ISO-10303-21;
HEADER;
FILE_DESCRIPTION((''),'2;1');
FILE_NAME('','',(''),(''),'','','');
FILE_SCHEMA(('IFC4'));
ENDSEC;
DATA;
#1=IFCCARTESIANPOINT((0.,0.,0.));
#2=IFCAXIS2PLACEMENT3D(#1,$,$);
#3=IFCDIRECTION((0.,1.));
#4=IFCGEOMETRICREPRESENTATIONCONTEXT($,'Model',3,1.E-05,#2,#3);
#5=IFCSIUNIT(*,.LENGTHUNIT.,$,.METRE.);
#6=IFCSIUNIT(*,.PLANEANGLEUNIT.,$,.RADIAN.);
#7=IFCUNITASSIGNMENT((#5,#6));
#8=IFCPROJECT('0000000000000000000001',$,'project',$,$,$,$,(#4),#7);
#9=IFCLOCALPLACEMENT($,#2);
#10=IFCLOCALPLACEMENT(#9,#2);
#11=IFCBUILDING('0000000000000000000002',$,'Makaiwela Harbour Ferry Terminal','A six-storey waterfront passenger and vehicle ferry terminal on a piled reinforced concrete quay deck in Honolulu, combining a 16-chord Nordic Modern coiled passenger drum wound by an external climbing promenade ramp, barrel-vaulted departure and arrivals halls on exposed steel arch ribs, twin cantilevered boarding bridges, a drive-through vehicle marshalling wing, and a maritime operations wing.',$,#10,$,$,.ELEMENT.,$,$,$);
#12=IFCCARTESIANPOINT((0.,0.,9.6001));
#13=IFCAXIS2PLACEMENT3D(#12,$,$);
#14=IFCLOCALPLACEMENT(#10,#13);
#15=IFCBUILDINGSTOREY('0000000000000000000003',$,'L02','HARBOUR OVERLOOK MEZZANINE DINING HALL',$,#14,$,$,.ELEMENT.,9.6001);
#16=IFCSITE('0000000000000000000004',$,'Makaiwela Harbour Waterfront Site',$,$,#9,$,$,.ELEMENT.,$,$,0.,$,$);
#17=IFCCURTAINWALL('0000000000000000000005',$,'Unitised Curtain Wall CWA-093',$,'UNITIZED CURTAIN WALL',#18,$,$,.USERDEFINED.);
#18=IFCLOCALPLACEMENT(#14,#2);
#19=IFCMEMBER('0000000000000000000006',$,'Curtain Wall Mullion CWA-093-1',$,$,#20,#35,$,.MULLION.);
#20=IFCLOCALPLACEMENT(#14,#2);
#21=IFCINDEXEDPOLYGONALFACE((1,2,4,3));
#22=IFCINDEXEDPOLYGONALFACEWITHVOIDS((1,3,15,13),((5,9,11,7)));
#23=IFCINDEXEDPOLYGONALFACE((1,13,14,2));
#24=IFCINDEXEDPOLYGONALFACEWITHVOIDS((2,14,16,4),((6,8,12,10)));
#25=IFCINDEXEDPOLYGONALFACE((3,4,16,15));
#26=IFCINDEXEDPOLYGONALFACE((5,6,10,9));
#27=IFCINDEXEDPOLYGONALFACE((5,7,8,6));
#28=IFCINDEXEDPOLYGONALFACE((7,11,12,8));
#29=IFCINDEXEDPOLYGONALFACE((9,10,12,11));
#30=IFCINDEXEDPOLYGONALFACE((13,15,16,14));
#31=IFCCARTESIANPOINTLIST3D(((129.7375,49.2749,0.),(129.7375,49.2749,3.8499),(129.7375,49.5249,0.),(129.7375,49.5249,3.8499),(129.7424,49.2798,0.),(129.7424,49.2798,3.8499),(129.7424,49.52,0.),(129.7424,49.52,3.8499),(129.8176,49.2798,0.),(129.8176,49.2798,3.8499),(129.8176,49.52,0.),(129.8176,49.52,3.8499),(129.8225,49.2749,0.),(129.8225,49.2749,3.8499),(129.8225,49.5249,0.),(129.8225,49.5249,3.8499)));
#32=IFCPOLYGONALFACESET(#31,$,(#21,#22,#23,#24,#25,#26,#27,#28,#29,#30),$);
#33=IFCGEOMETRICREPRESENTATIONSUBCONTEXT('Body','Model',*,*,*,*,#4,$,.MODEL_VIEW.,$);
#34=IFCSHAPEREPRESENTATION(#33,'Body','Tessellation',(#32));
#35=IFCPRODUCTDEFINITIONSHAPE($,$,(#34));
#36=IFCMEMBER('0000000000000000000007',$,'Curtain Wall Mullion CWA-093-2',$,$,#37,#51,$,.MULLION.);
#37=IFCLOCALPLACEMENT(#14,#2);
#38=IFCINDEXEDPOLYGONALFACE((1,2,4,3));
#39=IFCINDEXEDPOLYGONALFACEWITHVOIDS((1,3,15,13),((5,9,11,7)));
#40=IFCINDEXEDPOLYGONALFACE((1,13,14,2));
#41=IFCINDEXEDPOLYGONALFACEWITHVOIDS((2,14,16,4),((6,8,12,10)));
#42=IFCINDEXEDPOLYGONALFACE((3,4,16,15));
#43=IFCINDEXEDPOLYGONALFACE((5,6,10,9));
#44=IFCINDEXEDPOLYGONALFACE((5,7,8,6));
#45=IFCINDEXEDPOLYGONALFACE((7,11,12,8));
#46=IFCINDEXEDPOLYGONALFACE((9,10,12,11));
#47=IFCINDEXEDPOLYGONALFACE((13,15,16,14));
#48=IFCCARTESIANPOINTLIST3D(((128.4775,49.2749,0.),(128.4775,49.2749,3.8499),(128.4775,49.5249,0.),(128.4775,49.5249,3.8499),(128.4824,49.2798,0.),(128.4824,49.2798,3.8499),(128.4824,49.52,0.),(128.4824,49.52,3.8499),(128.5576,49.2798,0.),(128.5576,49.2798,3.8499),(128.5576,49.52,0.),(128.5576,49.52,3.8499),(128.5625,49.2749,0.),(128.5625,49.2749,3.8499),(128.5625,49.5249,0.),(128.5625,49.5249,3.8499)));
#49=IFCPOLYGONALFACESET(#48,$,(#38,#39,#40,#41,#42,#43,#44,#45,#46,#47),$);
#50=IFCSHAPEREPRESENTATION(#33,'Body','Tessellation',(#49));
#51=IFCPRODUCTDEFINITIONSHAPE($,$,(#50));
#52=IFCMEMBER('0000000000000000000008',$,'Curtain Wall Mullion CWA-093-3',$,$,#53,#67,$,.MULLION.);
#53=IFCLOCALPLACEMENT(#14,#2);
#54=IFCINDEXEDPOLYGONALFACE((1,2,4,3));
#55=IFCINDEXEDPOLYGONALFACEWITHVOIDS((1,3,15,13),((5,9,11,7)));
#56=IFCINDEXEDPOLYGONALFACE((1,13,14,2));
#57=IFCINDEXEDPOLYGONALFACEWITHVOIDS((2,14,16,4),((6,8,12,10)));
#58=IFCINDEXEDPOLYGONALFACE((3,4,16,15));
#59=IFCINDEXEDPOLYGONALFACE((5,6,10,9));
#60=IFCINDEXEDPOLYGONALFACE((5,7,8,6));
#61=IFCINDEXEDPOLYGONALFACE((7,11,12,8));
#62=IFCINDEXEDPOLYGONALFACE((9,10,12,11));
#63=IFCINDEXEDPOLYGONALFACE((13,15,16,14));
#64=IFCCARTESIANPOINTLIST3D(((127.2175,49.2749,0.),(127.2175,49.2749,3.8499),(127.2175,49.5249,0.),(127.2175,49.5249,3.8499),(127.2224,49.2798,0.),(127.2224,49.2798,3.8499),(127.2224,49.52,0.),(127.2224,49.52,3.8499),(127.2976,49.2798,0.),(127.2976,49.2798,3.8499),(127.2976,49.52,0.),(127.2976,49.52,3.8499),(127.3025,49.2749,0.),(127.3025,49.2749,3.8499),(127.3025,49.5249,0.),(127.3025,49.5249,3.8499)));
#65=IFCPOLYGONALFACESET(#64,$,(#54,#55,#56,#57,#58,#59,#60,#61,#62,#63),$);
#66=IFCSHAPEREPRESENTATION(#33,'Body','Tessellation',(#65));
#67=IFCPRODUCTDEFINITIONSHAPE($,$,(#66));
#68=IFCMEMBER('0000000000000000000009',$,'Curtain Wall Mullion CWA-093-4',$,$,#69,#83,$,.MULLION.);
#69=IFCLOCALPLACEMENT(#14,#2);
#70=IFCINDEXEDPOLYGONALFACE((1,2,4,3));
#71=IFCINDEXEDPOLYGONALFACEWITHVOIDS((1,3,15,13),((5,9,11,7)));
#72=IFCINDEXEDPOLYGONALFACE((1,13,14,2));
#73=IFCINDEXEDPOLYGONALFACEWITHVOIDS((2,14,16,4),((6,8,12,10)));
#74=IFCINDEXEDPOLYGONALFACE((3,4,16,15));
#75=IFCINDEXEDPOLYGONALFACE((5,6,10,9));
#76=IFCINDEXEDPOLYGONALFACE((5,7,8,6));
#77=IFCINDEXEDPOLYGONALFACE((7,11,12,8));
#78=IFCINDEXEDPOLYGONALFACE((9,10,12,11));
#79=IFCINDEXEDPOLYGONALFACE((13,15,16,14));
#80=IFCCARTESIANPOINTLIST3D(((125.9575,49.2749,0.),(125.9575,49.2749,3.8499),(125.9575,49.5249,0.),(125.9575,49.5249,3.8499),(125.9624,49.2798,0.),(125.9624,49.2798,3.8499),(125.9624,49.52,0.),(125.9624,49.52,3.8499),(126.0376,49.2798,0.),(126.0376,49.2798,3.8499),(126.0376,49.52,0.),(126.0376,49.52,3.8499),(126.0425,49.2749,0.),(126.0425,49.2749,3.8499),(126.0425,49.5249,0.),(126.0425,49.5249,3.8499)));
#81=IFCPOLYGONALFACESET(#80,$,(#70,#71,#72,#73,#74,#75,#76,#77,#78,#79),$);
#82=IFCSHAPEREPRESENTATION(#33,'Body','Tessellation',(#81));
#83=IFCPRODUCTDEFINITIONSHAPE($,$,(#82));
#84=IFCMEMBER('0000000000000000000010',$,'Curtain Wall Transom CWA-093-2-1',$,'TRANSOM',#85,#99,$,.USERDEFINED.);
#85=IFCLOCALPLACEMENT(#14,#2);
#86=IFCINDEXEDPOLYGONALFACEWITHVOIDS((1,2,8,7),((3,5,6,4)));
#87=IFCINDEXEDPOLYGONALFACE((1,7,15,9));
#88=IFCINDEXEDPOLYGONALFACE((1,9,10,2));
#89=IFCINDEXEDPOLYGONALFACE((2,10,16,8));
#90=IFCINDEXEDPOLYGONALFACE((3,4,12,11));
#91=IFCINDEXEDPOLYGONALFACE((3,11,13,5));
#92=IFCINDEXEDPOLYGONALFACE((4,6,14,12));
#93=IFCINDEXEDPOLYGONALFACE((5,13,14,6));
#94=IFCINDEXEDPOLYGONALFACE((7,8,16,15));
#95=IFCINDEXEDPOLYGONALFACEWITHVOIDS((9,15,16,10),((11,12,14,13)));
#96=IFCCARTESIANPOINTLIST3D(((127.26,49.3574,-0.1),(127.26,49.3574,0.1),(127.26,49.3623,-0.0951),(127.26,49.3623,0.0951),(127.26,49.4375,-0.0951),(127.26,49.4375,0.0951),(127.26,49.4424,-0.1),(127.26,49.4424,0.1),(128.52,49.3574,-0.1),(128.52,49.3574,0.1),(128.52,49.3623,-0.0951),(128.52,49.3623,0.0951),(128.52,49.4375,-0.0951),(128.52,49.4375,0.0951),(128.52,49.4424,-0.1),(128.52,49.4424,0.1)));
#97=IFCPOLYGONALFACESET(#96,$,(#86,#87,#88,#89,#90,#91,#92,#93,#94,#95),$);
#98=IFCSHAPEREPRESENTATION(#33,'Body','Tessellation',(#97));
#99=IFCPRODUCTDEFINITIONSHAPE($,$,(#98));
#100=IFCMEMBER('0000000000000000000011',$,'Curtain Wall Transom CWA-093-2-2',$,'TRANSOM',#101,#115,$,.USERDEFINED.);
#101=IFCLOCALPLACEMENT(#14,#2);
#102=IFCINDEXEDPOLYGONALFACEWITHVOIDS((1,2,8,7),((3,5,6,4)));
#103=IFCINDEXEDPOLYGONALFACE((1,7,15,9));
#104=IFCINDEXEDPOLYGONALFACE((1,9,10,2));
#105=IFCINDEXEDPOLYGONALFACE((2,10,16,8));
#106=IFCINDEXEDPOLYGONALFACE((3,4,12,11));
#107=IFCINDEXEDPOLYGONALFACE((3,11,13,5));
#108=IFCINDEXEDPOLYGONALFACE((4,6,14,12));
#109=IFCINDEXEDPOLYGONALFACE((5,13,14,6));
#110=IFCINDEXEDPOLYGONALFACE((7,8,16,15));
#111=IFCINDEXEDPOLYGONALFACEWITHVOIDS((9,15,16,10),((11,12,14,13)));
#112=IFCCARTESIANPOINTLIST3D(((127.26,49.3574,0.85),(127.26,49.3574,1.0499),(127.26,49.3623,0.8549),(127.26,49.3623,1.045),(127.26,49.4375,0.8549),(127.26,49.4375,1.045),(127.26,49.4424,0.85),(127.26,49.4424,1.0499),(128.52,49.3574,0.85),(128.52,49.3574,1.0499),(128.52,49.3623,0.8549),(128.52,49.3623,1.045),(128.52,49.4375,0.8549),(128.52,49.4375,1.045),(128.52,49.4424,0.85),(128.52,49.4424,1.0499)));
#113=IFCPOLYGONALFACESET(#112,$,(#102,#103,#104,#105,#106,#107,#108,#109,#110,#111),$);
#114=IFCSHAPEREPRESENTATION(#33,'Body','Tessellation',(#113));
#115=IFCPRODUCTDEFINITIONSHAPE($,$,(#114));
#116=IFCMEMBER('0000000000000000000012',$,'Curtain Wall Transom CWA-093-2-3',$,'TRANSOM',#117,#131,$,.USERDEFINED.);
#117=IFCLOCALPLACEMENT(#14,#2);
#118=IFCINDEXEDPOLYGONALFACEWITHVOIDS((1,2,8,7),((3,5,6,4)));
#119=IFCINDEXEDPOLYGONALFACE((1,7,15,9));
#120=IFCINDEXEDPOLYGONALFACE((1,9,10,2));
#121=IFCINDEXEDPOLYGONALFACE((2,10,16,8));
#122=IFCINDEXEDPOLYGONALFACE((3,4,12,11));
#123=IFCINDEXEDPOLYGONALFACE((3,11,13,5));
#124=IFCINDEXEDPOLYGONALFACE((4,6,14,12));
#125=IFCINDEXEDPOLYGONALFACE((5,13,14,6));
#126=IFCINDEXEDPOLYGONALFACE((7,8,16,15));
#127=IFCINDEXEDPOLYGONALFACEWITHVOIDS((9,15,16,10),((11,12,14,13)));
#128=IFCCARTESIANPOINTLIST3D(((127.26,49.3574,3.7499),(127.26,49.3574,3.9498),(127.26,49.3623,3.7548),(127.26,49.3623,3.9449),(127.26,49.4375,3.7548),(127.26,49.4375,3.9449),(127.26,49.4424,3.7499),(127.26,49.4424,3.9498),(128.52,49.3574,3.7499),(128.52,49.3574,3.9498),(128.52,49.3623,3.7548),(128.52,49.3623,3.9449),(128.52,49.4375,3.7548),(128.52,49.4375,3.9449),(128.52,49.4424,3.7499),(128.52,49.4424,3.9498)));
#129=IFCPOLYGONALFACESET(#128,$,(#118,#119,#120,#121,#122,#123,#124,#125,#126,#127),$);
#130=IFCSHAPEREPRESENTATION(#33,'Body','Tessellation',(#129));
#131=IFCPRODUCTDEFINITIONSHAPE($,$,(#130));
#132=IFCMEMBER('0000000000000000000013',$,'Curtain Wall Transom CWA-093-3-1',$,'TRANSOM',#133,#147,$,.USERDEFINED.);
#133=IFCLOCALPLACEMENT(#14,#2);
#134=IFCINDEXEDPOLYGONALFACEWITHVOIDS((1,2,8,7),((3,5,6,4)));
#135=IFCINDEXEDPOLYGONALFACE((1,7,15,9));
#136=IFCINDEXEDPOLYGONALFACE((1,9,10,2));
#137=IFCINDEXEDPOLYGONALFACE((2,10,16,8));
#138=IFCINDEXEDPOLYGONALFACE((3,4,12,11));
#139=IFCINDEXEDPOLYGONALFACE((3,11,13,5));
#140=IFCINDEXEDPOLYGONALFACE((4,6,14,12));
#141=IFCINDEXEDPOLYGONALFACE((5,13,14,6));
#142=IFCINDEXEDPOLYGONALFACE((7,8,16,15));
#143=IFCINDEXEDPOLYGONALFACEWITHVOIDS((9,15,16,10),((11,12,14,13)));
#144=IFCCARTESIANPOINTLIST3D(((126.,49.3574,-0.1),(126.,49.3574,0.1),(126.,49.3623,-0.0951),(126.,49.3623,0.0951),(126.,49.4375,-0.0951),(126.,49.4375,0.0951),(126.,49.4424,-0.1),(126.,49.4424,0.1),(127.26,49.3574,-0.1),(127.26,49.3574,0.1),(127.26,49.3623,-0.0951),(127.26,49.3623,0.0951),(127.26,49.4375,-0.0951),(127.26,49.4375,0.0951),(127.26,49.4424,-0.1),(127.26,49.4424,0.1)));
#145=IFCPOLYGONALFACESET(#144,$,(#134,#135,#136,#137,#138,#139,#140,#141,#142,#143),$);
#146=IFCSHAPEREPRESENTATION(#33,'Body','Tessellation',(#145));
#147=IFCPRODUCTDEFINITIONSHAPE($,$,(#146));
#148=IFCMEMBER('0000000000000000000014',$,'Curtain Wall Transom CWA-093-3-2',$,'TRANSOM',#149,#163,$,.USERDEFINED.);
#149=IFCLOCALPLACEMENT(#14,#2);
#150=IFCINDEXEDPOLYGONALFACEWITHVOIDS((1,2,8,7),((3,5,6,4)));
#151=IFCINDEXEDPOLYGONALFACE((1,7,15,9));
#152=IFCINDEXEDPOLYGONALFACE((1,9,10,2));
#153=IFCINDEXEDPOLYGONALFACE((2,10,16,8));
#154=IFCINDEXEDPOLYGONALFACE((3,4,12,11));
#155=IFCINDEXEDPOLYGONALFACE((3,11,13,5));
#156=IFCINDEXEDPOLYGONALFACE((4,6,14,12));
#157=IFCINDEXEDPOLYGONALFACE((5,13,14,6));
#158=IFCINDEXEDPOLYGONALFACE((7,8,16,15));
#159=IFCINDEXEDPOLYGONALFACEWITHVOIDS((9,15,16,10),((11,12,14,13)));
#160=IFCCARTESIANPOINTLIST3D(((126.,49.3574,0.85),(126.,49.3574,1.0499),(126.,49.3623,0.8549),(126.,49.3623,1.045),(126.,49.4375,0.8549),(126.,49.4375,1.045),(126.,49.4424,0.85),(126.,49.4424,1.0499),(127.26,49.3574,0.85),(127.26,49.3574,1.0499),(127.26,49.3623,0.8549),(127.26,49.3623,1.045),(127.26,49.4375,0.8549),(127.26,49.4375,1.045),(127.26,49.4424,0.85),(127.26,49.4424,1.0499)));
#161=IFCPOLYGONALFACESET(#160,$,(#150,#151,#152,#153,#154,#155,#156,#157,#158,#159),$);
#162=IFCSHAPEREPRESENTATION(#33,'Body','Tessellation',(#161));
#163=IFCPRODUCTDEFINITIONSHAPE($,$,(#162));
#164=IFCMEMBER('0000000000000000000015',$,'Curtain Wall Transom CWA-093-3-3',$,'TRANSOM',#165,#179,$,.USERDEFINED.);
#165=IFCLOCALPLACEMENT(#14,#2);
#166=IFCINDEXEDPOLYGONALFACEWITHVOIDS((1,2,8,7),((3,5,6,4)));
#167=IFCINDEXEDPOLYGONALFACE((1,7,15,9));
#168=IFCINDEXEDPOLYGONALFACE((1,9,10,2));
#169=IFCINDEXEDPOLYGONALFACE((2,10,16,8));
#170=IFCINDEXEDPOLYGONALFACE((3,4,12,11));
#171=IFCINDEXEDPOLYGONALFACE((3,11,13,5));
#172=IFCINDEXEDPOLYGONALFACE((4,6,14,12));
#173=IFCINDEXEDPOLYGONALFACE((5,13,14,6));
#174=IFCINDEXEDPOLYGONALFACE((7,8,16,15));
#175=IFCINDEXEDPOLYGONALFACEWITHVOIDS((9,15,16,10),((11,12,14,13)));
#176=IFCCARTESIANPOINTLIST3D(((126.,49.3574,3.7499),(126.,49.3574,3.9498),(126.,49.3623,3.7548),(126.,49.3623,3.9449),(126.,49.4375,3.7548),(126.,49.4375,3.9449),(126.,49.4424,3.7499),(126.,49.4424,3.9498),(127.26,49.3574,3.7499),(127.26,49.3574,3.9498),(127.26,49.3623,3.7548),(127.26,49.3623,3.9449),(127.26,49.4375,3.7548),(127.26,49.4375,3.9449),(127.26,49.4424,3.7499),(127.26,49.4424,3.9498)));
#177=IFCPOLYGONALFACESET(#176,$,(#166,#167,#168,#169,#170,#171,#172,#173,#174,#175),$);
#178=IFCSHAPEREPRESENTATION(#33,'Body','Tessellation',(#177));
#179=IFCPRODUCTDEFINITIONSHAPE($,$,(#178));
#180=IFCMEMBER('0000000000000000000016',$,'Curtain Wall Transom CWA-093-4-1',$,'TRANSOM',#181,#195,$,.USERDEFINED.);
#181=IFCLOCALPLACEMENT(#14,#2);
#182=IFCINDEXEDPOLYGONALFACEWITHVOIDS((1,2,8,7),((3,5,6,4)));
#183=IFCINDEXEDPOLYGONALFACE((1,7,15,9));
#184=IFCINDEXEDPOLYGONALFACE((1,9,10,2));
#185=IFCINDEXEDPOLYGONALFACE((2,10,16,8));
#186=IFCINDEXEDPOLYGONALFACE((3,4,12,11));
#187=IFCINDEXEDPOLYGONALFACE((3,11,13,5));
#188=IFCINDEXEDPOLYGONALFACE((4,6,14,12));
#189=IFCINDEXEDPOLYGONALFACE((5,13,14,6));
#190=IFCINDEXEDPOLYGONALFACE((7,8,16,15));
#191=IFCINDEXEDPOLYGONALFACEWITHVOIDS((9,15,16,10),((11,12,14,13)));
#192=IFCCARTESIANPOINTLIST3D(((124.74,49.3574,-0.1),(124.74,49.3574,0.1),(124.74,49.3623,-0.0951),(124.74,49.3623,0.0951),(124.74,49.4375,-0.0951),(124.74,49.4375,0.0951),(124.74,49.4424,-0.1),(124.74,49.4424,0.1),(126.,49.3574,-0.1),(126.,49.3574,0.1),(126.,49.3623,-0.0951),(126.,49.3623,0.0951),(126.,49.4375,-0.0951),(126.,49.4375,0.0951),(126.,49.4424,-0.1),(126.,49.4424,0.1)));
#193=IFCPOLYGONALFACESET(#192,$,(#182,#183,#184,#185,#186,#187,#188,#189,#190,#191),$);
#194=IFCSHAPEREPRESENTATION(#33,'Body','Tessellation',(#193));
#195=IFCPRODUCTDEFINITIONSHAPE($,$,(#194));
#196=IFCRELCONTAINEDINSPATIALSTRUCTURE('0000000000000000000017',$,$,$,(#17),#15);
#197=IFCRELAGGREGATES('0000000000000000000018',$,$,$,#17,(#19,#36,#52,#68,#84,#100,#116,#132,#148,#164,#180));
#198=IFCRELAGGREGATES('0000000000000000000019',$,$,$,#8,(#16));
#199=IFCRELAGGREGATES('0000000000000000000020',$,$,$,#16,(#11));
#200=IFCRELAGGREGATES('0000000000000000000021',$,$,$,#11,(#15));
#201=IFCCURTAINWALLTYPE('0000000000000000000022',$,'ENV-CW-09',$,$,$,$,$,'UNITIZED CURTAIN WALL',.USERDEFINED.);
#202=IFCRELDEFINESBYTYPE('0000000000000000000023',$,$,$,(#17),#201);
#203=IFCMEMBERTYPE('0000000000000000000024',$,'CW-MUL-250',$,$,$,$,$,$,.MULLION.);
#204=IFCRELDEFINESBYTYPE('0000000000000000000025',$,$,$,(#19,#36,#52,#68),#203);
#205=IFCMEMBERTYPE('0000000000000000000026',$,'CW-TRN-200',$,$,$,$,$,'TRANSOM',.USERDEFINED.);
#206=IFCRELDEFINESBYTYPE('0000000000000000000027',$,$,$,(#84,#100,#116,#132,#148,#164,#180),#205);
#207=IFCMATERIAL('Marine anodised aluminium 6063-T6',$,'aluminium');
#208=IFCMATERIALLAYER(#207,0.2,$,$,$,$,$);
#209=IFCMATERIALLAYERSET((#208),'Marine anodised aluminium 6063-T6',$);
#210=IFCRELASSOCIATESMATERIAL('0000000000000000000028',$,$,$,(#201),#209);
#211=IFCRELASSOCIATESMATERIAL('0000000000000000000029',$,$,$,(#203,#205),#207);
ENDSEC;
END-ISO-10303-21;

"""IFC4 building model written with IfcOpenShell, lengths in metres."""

from ifc_helpers import new_model, si_unit, direction, frame, origin, origin_2d, place, context, subcontext, project, spatial, hollow_rectangle, extrude, material, layer, layer_set, material_profile, profile_set, type_object, element, aggregate, save


model = new_model("IFC4")

# Units and contexts
model_context = context("Model", 3, precision=1e-05, world=origin(), true_north=direction((0.0, 1.0)))
body_context = subcontext(model_context, "Body", "Model", "MODEL_VIEW")
ifc_project = project(units=[si_unit("LENGTHUNIT", "METRE"), si_unit("PLANEANGLEUNIT", "RADIAN")], contexts=[model_context])

# Site, building, storey
site_placement = place(None, origin())
site = spatial("IfcSite", under=ifc_project, at=site_placement, Name="Makaiwela Harbour Waterfront Site", CompositionType="ELEMENT", RefElevation=0.0)
building_placement = place(site_placement, origin())
building = spatial("IfcBuilding", under=site, at=building_placement, Name="Makaiwela Harbour Ferry Terminal", Description="A six-storey waterfront passenger and vehicle ferry terminal on a piled reinforced concrete quay deck in Honolulu, combining a 16-chord Nordic Modern coiled passenger drum wound by an external climbing promenade ramp, barrel-vaulted departure and arrivals halls on exposed steel arch ribs, twin cantilevered boarding bridges, a drive-through vehicle marshalling wing, and a maritime operations wing.", CompositionType="ELEMENT")
storey_placement = place(building_placement, frame((0.0, 0.0, 9.6001)))
storey = spatial("IfcBuildingStorey", under=building, at=storey_placement, Name="L02", Description="HARBOUR OVERLOOK MEZZANINE DINING HALL", CompositionType="ELEMENT", Elevation=9.6001)

# Curtain wall, members
ifc_material_1 = material(Name="Marine anodised aluminium 6063-T6", Category="aluminium")
ifc_layer_1 = layer(ifc_material_1, 0.2)
ifc_layer_set_1 = layer_set([ifc_layer_1], Name="Marine anodised aluminium 6063-T6")
curtain_wall_type = type_object("IfcCurtainWallType", Name="ENV-CW-09", ElementType="UNITIZED CURTAIN WALL", PredefinedType="USERDEFINED", material=ifc_layer_set_1)
curtain_wall_placement = place(storey_placement, origin())
curtain_wall = element("IfcCurtainWall", 1, at=curtain_wall_placement, inside=storey, type_object=curtain_wall_type, Name="Unitised Curtain Wall CWA-093", ObjectType="UNITIZED CURTAIN WALL", PredefinedType="USERDEFINED")
ifc_material_profile_1 = material_profile(ifc_material_1, hollow_rectangle(XDim=0.085, YDim=0.25, WallThickness=0.0049, at=origin_2d()), Name="CWM-250X85")
ifc_profile_set_1 = profile_set([ifc_material_profile_1], Name="Marine anodised aluminium 6063-T6")
member_type_1 = type_object("IfcMemberType", Name="CW-MUL-250", PredefinedType="MULLION", material=ifc_profile_set_1)
member_1_placement = place(storey_placement, frame((129.78, 49.3999, 0.0), z_axis=(0.0, 0.0, 1.0), x_axis=(1.0, 0.0, 0.0)))
member_1 = element("IfcMember", 2, at=member_1_placement, type_object=member_type_1, Name="Curtain Wall Mullion CWA-093-1", PredefinedType="MULLION", context=body_context, shape_type="SweptSolid", body=[
    extrude(hollow_rectangle(XDim=0.085, YDim=0.25, WallThickness=0.0049, at=origin_2d()), origin(), (0.0, 0.0, 1.0), 3.8499),
])
member_2_placement = place(storey_placement, frame((128.52, 49.3999, 0.0), z_axis=(0.0, 0.0, 1.0), x_axis=(1.0, 0.0, 0.0)))
member_2 = element("IfcMember", 3, at=member_2_placement, type_object=member_type_1, Name="Curtain Wall Mullion CWA-093-2", PredefinedType="MULLION", context=body_context, shape_type="SweptSolid", body=[
    extrude(hollow_rectangle(XDim=0.085, YDim=0.25, WallThickness=0.0049, at=origin_2d()), origin(), (0.0, 0.0, 1.0), 3.8499),
])
member_3_placement = place(storey_placement, frame((127.26, 49.3999, 0.0), z_axis=(0.0, 0.0, 1.0), x_axis=(1.0, 0.0, 0.0)))
member_3 = element("IfcMember", 4, at=member_3_placement, type_object=member_type_1, Name="Curtain Wall Mullion CWA-093-3", PredefinedType="MULLION", context=body_context, shape_type="SweptSolid", body=[
    extrude(hollow_rectangle(XDim=0.085, YDim=0.25, WallThickness=0.0049, at=origin_2d()), origin(), (0.0, 0.0, 1.0), 3.8499),
])
member_4_placement = place(storey_placement, frame((126.0, 49.3999, 0.0), z_axis=(0.0, 0.0, 1.0), x_axis=(1.0, 0.0, 0.0)))
member_4 = element("IfcMember", 5, at=member_4_placement, type_object=member_type_1, Name="Curtain Wall Mullion CWA-093-4", PredefinedType="MULLION", context=body_context, shape_type="SweptSolid", body=[
    extrude(hollow_rectangle(XDim=0.085, YDim=0.25, WallThickness=0.0049, at=origin_2d()), origin(), (0.0, 0.0, 1.0), 3.8499),
])
ifc_material_profile_2 = material_profile(ifc_material_1, hollow_rectangle(XDim=0.085, YDim=0.2, WallThickness=0.0049, at=origin_2d()), Name="CWT-200X85")
ifc_profile_set_2 = profile_set([ifc_material_profile_2], Name="Marine anodised aluminium 6063-T6")
member_type_2 = type_object("IfcMemberType", Name="CW-TRN-200", ElementType="TRANSOM", PredefinedType="USERDEFINED", material=ifc_profile_set_2)
member_5_placement = place(storey_placement, frame((128.52, 49.3999, 0.0), z_axis=(-1.0, 0.0, 0.0), x_axis=(0.0, -1.0, 0.0)))
member_5 = element("IfcMember", 6, at=member_5_placement, type_object=member_type_2, Name="Curtain Wall Transom CWA-093-2-1", ObjectType="TRANSOM", PredefinedType="USERDEFINED", context=body_context, shape_type="SweptSolid", body=[
    extrude(hollow_rectangle(XDim=0.085, YDim=0.2, WallThickness=0.0049, at=origin_2d()), origin(), (0.0, 0.0, 1.0), 1.26),
])
member_6_placement = place(storey_placement, frame((128.52, 49.3999, 0.95), z_axis=(-1.0, 0.0, 0.0), x_axis=(0.0, -1.0, 0.0)))
member_6 = element("IfcMember", 7, at=member_6_placement, type_object=member_type_2, Name="Curtain Wall Transom CWA-093-2-2", ObjectType="TRANSOM", PredefinedType="USERDEFINED", context=body_context, shape_type="SweptSolid", body=[
    extrude(hollow_rectangle(XDim=0.085, YDim=0.2, WallThickness=0.0049, at=origin_2d()), origin(), (0.0, 0.0, 1.0), 1.26),
])
member_7_placement = place(storey_placement, frame((128.52, 49.3999, 3.8499), z_axis=(-1.0, 0.0, 0.0), x_axis=(0.0, -1.0, 0.0)))
member_7 = element("IfcMember", 8, at=member_7_placement, type_object=member_type_2, Name="Curtain Wall Transom CWA-093-2-3", ObjectType="TRANSOM", PredefinedType="USERDEFINED", context=body_context, shape_type="SweptSolid", body=[
    extrude(hollow_rectangle(XDim=0.085, YDim=0.2, WallThickness=0.0049, at=origin_2d()), origin(), (0.0, 0.0, 1.0), 1.26),
])
member_8_placement = place(storey_placement, frame((127.26, 49.3999, 0.0), z_axis=(-1.0, 0.0, 0.0), x_axis=(0.0, -1.0, 0.0)))
member_8 = element("IfcMember", 9, at=member_8_placement, type_object=member_type_2, Name="Curtain Wall Transom CWA-093-3-1", ObjectType="TRANSOM", PredefinedType="USERDEFINED", context=body_context, shape_type="SweptSolid", body=[
    extrude(hollow_rectangle(XDim=0.085, YDim=0.2, WallThickness=0.0049, at=origin_2d()), origin(), (0.0, 0.0, 1.0), 1.26),
])
member_9_placement = place(storey_placement, frame((127.26, 49.3999, 0.95), z_axis=(-1.0, 0.0, 0.0), x_axis=(0.0, -1.0, 0.0)))
member_9 = element("IfcMember", 10, at=member_9_placement, type_object=member_type_2, Name="Curtain Wall Transom CWA-093-3-2", ObjectType="TRANSOM", PredefinedType="USERDEFINED", context=body_context, shape_type="SweptSolid", body=[
    extrude(hollow_rectangle(XDim=0.085, YDim=0.2, WallThickness=0.0049, at=origin_2d()), origin(), (0.0, 0.0, 1.0), 1.26),
])
member_10_placement = place(storey_placement, frame((127.26, 49.3999, 3.8499), z_axis=(-1.0, 0.0, 0.0), x_axis=(0.0, -1.0, 0.0)))
member_10 = element("IfcMember", 11, at=member_10_placement, type_object=member_type_2, Name="Curtain Wall Transom CWA-093-3-3", ObjectType="TRANSOM", PredefinedType="USERDEFINED", context=body_context, shape_type="SweptSolid", body=[
    extrude(hollow_rectangle(XDim=0.085, YDim=0.2, WallThickness=0.0049, at=origin_2d()), origin(), (0.0, 0.0, 1.0), 1.26),
])
member_11_placement = place(storey_placement, frame((126.0, 49.3999, 0.0), z_axis=(-1.0, 0.0, 0.0), x_axis=(0.0, -1.0, 0.0)))
member_11 = element("IfcMember", 12, at=member_11_placement, type_object=member_type_2, Name="Curtain Wall Transom CWA-093-4-1", ObjectType="TRANSOM", PredefinedType="USERDEFINED", context=body_context, shape_type="SweptSolid", body=[
    extrude(hollow_rectangle(XDim=0.085, YDim=0.2, WallThickness=0.0049, at=origin_2d()), origin(), (0.0, 0.0, 1.0), 1.26),
])

aggregate(curtain_wall, [member_1, member_2, member_3, member_4, member_5, member_6, member_7, member_8, member_9, member_10, member_11])

save(model, "model.ifc")
